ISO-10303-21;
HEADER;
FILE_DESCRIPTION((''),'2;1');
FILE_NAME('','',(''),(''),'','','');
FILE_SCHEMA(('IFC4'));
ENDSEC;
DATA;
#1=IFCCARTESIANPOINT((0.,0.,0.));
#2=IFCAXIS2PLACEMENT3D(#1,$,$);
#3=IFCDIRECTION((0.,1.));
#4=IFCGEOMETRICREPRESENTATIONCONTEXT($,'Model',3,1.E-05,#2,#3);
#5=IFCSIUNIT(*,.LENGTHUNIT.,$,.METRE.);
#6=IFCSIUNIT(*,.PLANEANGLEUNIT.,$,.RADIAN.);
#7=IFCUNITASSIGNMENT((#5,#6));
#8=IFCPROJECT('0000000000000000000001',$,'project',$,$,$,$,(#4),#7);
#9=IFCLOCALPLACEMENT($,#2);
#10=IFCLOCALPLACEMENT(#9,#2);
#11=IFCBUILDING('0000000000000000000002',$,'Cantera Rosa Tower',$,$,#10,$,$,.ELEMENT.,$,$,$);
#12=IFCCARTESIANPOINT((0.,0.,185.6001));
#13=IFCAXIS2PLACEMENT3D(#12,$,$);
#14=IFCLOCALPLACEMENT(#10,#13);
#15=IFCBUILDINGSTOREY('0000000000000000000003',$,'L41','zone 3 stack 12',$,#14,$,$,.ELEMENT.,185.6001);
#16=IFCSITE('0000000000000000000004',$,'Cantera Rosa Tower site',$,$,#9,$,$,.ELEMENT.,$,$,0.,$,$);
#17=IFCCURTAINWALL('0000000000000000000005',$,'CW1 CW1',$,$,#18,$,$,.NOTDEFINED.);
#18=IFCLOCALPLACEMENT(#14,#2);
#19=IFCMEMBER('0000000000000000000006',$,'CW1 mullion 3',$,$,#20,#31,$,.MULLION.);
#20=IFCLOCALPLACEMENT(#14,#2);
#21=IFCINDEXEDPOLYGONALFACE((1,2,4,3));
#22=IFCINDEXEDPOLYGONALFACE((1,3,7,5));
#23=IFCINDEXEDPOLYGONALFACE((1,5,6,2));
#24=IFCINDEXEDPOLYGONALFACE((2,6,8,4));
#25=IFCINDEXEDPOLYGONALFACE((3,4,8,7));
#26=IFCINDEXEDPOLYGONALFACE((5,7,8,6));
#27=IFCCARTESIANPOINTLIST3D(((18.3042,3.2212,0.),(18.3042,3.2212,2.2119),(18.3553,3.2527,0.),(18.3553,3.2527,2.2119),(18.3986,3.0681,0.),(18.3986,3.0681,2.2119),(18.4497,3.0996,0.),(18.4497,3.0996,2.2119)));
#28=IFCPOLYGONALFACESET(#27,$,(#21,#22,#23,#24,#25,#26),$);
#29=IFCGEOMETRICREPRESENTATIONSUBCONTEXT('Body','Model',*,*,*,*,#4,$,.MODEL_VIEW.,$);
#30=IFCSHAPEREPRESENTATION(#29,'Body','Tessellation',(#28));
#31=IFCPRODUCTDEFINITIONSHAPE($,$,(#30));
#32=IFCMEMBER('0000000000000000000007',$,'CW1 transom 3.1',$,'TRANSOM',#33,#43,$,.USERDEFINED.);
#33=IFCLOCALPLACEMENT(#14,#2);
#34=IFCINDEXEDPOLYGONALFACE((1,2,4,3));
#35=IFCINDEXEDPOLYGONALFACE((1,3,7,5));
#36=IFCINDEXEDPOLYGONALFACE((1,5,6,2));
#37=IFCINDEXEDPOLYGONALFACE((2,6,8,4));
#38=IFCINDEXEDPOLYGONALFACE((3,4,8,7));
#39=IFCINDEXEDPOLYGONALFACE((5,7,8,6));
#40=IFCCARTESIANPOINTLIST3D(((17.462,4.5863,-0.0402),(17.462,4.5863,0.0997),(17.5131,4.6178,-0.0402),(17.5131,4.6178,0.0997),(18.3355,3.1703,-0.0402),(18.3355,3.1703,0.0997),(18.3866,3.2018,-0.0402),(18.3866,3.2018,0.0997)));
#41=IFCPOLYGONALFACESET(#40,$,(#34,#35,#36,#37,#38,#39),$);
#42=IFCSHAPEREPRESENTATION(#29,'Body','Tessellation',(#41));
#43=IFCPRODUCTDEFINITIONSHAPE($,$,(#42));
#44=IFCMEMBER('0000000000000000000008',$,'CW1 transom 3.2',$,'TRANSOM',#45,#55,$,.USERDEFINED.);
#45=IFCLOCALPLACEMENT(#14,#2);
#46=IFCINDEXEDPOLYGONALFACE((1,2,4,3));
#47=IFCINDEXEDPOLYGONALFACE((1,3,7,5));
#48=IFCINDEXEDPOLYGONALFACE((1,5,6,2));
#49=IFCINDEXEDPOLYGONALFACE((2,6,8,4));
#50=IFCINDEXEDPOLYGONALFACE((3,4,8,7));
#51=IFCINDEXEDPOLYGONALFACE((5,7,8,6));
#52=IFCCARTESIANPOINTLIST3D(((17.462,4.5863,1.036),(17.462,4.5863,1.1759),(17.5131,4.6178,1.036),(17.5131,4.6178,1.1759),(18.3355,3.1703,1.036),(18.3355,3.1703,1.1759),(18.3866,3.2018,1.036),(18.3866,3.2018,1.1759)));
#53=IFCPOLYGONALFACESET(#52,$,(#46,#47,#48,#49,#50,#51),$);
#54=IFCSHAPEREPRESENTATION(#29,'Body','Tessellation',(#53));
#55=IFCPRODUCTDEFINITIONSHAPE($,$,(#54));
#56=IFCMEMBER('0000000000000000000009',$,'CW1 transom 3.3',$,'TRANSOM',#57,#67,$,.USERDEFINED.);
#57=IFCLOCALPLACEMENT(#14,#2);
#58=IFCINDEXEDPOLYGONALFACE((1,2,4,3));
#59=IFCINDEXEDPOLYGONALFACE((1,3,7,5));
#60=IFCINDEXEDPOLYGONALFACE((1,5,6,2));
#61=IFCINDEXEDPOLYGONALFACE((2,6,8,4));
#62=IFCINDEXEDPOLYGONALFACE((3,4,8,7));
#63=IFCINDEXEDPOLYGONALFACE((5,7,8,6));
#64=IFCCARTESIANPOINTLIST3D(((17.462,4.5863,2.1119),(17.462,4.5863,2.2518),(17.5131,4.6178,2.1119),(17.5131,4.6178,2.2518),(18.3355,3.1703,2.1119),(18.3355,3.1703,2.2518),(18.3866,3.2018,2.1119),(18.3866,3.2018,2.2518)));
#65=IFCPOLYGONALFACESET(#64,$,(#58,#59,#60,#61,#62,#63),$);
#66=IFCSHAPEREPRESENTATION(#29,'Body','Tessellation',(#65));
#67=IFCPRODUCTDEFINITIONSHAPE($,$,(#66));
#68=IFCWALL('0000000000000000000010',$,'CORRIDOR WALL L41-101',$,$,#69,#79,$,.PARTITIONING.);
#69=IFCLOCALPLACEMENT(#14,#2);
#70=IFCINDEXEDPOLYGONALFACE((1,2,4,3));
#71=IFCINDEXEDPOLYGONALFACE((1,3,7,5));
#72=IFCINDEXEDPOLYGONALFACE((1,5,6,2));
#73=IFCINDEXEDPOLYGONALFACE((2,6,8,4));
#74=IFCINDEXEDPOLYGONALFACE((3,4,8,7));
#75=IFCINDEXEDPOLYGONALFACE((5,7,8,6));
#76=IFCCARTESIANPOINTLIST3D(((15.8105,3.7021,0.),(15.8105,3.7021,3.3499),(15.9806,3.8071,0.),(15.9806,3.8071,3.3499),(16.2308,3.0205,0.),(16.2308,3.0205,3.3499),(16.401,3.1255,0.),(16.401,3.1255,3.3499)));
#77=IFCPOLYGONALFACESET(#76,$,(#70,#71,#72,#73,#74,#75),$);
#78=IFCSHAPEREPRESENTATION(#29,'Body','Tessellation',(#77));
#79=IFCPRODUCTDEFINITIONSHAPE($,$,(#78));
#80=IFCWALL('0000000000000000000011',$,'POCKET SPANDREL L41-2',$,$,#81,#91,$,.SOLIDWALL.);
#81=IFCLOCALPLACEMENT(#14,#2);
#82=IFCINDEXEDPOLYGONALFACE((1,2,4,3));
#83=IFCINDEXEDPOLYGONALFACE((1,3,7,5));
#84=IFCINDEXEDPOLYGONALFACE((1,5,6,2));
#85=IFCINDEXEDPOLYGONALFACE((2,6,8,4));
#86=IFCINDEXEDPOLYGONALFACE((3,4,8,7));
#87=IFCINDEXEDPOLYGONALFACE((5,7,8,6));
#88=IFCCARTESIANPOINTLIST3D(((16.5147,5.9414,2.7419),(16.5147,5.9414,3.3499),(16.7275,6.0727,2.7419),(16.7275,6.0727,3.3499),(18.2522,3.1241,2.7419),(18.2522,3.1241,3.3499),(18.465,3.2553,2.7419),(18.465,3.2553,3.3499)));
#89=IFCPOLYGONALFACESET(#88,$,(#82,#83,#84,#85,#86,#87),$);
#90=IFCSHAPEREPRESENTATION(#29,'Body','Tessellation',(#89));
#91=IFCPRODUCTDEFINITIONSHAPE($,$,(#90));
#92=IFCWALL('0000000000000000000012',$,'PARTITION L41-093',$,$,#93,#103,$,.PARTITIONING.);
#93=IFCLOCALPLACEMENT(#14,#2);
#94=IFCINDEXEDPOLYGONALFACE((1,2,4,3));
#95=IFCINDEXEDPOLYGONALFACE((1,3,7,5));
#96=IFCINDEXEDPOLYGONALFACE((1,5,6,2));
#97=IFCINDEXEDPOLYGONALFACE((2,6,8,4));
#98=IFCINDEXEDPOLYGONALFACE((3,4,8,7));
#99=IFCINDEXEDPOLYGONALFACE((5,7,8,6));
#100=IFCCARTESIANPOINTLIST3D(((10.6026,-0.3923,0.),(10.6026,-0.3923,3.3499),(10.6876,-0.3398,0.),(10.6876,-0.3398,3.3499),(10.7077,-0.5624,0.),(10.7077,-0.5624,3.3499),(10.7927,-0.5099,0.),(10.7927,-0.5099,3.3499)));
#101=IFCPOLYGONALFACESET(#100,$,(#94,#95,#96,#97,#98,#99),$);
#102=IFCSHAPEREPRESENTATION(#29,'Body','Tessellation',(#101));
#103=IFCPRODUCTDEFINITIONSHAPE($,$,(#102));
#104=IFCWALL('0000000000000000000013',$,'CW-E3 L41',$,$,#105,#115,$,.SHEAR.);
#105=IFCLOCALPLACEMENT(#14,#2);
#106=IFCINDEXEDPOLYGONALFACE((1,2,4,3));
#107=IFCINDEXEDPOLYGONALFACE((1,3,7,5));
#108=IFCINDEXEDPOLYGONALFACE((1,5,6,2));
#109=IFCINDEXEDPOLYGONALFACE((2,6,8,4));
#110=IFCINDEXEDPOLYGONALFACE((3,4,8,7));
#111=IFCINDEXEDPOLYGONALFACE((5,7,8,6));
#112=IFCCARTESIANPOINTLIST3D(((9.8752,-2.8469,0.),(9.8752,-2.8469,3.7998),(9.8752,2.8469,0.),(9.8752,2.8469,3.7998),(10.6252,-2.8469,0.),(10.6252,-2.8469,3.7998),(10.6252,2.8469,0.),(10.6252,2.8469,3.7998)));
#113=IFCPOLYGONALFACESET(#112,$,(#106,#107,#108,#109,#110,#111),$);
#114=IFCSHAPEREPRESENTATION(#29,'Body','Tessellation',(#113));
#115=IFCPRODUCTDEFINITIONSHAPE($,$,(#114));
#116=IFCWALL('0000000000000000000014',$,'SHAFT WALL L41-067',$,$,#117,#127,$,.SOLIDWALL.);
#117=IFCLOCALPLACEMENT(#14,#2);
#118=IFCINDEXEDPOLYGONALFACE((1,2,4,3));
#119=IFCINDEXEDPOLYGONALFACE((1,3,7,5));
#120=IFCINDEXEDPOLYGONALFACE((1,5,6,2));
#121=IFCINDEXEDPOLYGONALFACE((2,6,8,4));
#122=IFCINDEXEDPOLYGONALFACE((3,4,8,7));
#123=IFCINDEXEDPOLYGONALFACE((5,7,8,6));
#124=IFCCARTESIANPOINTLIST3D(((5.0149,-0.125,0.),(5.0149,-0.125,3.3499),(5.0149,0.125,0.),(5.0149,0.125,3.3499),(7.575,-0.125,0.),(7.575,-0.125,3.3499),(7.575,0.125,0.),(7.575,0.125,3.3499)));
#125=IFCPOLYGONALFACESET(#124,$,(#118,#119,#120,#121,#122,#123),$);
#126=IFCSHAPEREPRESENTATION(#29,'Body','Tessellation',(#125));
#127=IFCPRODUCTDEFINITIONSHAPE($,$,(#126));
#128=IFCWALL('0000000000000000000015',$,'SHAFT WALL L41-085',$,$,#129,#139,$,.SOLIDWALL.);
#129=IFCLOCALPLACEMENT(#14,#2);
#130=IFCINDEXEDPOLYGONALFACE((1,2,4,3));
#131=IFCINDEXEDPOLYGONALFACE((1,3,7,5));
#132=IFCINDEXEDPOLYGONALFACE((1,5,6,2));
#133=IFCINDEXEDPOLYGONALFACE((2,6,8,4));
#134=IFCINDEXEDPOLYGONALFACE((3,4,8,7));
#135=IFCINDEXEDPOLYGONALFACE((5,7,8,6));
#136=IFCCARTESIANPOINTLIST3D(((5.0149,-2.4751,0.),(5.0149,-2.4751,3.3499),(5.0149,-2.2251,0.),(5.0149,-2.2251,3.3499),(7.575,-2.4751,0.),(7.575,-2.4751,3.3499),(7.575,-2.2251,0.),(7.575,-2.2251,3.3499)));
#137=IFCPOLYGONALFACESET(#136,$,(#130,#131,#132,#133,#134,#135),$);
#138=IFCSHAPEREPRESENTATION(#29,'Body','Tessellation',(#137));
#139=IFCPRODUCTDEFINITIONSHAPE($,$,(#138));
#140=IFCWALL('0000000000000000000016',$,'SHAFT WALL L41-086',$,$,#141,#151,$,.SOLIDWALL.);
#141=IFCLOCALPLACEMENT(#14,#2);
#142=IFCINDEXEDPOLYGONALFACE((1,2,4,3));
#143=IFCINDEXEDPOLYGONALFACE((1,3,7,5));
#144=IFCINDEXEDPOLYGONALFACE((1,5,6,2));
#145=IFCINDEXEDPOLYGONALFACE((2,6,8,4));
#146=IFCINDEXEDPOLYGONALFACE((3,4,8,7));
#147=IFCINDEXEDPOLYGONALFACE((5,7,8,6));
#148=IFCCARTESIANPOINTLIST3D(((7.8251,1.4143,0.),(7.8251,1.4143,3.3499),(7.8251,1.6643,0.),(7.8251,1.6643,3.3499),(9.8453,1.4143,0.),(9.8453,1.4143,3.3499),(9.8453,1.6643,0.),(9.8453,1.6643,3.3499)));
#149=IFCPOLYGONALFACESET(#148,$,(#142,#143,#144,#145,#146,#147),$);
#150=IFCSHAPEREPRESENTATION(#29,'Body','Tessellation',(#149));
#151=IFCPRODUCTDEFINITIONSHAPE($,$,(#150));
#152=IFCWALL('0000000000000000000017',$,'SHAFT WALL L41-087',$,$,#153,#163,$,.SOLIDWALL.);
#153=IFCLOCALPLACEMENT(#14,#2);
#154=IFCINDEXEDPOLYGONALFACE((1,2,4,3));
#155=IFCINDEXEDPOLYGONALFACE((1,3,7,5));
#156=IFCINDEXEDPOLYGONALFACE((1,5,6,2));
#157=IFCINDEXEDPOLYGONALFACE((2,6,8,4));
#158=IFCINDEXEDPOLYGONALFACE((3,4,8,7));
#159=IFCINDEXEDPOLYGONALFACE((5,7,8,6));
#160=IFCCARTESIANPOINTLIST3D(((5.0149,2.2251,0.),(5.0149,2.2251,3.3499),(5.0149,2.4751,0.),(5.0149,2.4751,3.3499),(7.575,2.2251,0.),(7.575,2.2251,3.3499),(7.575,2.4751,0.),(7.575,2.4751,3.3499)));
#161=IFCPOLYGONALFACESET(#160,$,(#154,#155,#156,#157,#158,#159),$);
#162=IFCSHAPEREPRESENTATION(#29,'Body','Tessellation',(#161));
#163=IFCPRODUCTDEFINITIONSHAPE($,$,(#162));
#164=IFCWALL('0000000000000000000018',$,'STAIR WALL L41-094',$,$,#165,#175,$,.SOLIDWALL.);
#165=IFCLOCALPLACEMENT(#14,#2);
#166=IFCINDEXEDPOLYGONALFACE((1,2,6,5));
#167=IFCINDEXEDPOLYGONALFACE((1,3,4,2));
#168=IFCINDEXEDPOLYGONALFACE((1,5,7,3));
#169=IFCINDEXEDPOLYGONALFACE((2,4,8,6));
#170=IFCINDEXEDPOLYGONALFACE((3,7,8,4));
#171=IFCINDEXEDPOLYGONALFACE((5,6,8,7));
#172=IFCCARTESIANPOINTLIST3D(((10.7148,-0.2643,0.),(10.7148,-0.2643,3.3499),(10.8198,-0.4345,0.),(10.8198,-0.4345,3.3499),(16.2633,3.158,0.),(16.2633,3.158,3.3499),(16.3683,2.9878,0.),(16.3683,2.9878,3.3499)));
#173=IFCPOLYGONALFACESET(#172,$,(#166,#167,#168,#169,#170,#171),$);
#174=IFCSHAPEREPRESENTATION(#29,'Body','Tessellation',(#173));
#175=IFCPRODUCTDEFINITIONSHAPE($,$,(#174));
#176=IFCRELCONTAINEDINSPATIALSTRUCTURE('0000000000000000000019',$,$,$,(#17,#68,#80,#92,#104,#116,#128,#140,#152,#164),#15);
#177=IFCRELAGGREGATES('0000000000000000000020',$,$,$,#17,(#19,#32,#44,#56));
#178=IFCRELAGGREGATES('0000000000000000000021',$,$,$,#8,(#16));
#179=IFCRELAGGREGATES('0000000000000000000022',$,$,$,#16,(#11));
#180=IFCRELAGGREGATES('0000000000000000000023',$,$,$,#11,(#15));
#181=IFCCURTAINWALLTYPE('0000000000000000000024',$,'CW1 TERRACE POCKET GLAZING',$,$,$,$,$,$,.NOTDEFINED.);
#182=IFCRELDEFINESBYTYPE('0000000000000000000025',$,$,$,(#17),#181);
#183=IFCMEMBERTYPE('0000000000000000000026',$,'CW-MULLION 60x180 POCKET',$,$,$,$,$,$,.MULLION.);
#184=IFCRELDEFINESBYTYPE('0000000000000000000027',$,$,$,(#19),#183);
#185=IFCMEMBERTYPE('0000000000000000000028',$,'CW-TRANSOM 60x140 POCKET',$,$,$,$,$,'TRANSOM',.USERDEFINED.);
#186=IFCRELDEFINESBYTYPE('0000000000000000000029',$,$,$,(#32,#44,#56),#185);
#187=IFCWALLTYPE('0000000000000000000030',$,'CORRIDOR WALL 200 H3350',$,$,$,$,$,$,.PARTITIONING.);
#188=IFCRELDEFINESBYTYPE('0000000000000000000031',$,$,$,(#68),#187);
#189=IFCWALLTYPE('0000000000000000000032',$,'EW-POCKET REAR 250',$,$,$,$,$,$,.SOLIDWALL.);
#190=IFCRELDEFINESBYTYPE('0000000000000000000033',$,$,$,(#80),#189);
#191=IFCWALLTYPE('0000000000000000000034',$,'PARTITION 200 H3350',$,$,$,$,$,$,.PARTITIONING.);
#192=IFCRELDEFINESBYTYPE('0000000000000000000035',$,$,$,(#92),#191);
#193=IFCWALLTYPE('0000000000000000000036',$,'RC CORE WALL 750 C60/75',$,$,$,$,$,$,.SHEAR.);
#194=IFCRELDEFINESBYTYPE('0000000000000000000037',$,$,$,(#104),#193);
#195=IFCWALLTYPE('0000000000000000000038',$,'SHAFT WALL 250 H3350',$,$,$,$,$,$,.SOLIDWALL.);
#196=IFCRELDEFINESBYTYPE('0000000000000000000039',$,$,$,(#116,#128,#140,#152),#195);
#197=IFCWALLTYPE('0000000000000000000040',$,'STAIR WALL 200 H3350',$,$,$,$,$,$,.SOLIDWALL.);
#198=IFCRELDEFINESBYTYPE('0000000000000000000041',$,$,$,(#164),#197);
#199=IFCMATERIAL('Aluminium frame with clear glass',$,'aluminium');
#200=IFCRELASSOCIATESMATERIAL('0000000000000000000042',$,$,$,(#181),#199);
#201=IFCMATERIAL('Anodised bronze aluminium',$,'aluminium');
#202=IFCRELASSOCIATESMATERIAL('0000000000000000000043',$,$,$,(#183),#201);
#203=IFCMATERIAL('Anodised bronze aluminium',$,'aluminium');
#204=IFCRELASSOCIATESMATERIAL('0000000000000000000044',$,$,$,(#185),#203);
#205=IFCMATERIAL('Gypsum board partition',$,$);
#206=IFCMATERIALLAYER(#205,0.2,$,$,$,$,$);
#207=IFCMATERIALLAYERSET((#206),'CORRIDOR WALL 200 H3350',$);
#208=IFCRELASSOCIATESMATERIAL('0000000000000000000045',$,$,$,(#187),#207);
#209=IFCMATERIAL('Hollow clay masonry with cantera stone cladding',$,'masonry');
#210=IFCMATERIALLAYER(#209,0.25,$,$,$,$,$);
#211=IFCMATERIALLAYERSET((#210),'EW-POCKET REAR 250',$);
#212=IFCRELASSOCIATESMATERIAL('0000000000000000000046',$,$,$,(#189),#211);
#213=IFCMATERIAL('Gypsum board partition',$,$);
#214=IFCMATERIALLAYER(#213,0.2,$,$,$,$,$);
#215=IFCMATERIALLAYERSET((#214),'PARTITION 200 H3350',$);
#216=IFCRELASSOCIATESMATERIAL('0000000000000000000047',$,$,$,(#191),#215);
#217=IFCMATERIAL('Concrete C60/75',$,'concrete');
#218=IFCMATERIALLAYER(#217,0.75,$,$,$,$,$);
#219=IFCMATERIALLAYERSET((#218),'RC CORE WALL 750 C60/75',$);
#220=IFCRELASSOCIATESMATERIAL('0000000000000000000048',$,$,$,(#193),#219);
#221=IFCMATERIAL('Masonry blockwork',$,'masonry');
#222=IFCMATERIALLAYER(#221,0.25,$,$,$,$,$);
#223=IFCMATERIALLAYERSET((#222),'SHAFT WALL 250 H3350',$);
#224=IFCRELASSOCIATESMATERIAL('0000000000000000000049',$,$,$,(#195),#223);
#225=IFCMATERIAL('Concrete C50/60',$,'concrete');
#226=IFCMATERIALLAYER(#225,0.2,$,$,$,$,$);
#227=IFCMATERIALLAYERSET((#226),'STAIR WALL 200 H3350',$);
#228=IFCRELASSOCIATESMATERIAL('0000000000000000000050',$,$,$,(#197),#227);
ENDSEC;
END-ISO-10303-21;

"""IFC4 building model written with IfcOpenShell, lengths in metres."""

from ifc_helpers import new_model, si_unit, direction, frame, frame_2d, origin, origin_2d, place, context, subcontext, project, spatial, rectangle, extrude, material, layer, layer_set, material_profile, profile_set, type_object, element, aggregate, save


model = new_model("IFC4")

# Units and contexts
model_context = context("Model", 3, precision=1e-05, world=origin(), true_north=direction((0.0, 1.0)))
body_context = subcontext(model_context, "Body", "Model", "MODEL_VIEW")
ifc_project = project(units=[si_unit("LENGTHUNIT", "METRE"), si_unit("PLANEANGLEUNIT", "RADIAN")], contexts=[model_context])

# Site, building, storey
site_placement = place(None, origin())
site = spatial("IfcSite", under=ifc_project, at=site_placement, Name="Cantera Rosa Tower site", CompositionType="ELEMENT", RefElevation=0.0)
building_placement = place(site_placement, origin())
building = spatial("IfcBuilding", under=site, at=building_placement, Name="Cantera Rosa Tower", CompositionType="ELEMENT")
storey_placement = place(building_placement, frame((0.0, 0.0, 185.6001)))
storey = spatial("IfcBuildingStorey", under=building, at=storey_placement, Name="L41", Description="zone 3 stack 12", CompositionType="ELEMENT", Elevation=185.6001)

# Curtain wall, members
ifc_material_1 = material(Name="Aluminium frame with clear glass", Category="aluminium")
curtain_wall_type = type_object("IfcCurtainWallType", Name="CW1 TERRACE POCKET GLAZING", PredefinedType="NOTDEFINED", material=ifc_material_1)
curtain_wall_placement = place(storey_placement, origin())
curtain_wall = element("IfcCurtainWall", 1, at=curtain_wall_placement, inside=storey, type_object=curtain_wall_type, Name="CW1 CW1", PredefinedType="NOTDEFINED")
ifc_material_2 = material(Name="Anodised bronze aluminium", Category="aluminium")
ifc_material_profile_1 = material_profile(ifc_material_2, rectangle(XDim=0.0601, YDim=0.1799, at=origin_2d()), Name="CW-MULLION 60x180 POCKET")
ifc_profile_set_1 = profile_set([ifc_material_profile_1], Name="Anodised bronze aluminium")
member_type_1 = type_object("IfcMemberType", Name="CW-MULLION 60x180 POCKET", PredefinedType="MULLION", material=ifc_profile_set_1)
member_1_placement = place(storey_placement, frame((18.377, 3.1604, 0.0), z_axis=(0.0, 0.0, 1.0), x_axis=(-0.851117, -0.524977, 0.0)))
member_1 = element("IfcMember", 2, at=member_1_placement, type_object=member_type_1, Name="CW1 mullion 3", PredefinedType="MULLION", context=body_context, shape_type="SweptSolid", body=[
    extrude(rectangle(XDim=0.0601, YDim=0.1799, at=origin_2d()), origin(), (0.0, 0.0, 1.0), 2.2119),
])
ifc_material_3 = material(Name="Anodised bronze aluminium", Category="aluminium")
ifc_material_profile_2 = material_profile(ifc_material_3, rectangle(XDim=0.0601, YDim=0.1399, at=origin_2d()), Name="CW-TRANSOM 60x140 POCKET")
ifc_profile_set_2 = profile_set([ifc_material_profile_2], Name="Anodised bronze aluminium")
member_type_2 = type_object("IfcMemberType", Name="CW-TRANSOM 60x140 POCKET", ElementType="TRANSOM", PredefinedType="USERDEFINED", material=ifc_profile_set_2)
member_2_placement = place(storey_placement, frame((18.3611, 3.186, 0.0298), z_axis=(-0.52503, 0.851083, 0.0), x_axis=(-0.851083, -0.52503, 0.0)))
member_2 = element("IfcMember", 3, at=member_2_placement, type_object=member_type_2, Name="CW1 transom 3.1", ObjectType="TRANSOM", PredefinedType="USERDEFINED", context=body_context, shape_type="SweptSolid", body=[
    extrude(rectangle(XDim=0.0601, YDim=0.1399, at=origin_2d()), origin(), (0.0, 0.0, 1.0), 1.6638),
])
member_3_placement = place(storey_placement, frame((18.3611, 3.186, 1.106), z_axis=(-0.52503, 0.851083, 0.0), x_axis=(-0.851083, -0.52503, 0.0)))
member_3 = element("IfcMember", 4, at=member_3_placement, type_object=member_type_2, Name="CW1 transom 3.2", ObjectType="TRANSOM", PredefinedType="USERDEFINED", context=body_context, shape_type="SweptSolid", body=[
    extrude(rectangle(XDim=0.0601, YDim=0.1399, at=origin_2d()), origin(), (0.0, 0.0, 1.0), 1.6638),
])
member_4_placement = place(storey_placement, frame((18.3611, 3.186, 2.1819), z_axis=(-0.52503, 0.851083, 0.0), x_axis=(-0.851083, -0.52503, 0.0)))
member_4 = element("IfcMember", 5, at=member_4_placement, type_object=member_type_2, Name="CW1 transom 3.3", ObjectType="TRANSOM", PredefinedType="USERDEFINED", context=body_context, shape_type="SweptSolid", body=[
    extrude(rectangle(XDim=0.0601, YDim=0.1399, at=origin_2d()), origin(), (0.0, 0.0, 1.0), 1.6638),
])
aggregate(curtain_wall, [member_1, member_2, member_3, member_4])

# Walls
ifc_material_4 = material(Name="Gypsum board partition")
ifc_layer_1 = layer(ifc_material_4, 0.2)
ifc_layer_set_1 = layer_set([ifc_layer_1], Name="CORRIDOR WALL 200 H3350")
wall_type_1 = type_object("IfcWallType", Name="CORRIDOR WALL 200 H3350", PredefinedType="PARTITIONING", material=ifc_layer_set_1)
wall_1_placement = place(storey_placement, frame((16.3159, 3.073, 0.0), z_axis=(0.0, 0.0, 1.0), x_axis=(-0.524948, 0.851135, 0.0)))
element("IfcWall", 6, at=wall_1_placement, inside=storey, type_object=wall_type_1, Name="CORRIDOR WALL L41-101", PredefinedType="PARTITIONING", context=body_context, shape_type="SweptSolid", body=[
    extrude(rectangle(XDim=0.8008, YDim=0.2, at=frame_2d((0.4004, 0.0))), origin(), (0.0, 0.0, 1.0), 3.3499),
])
ifc_material_5 = material(Name="Hollow clay masonry with cantera stone cladding", Category="masonry")
ifc_layer_2 = layer(ifc_material_5, 0.25)
ifc_layer_set_2 = layer_set([ifc_layer_2], Name="EW-POCKET REAR 250")
wall_type_2 = type_object("IfcWallType", Name="EW-POCKET REAR 250", PredefinedType="SOLIDWALL", material=ifc_layer_set_2)
wall_2_placement = place(storey_placement, frame((18.3586, 3.1897, 2.7419), z_axis=(0.0, 0.0, 1.0), x_axis=(-0.524924, 0.851149, 0.0)))
element("IfcWall", 7, at=wall_2_placement, inside=storey, type_object=wall_type_2, Name="POCKET SPANDREL L41-2", PredefinedType="SOLIDWALL", context=body_context, shape_type="SweptSolid", body=[
    extrude(rectangle(XDim=3.3101, YDim=0.25, at=frame_2d((1.655, 0.0))), origin(), (0.0, 0.0, 1.0), 0.6079),
])
ifc_material_6 = material(Name="Gypsum board partition")
ifc_layer_3 = layer(ifc_material_6, 0.2)
ifc_layer_set_3 = layer_set([ifc_layer_3], Name="PARTITION 200 H3350")
wall_type_3 = type_object("IfcWallType", Name="PARTITION 200 H3350", PredefinedType="PARTITIONING", material=ifc_layer_set_3)
wall_3_placement = place(storey_placement, frame((10.6553, -0.4773, 0.0), z_axis=(0.0, 0.0, 1.0), x_axis=(0.850734, 0.525597, 0.0)))
element("IfcWall", 8, at=wall_3_placement, inside=storey, type_object=wall_type_3, Name="PARTITION L41-093", PredefinedType="PARTITIONING", context=body_context, shape_type="SweptSolid", body=[
    extrude(rectangle(XDim=0.0999, YDim=0.2, at=frame_2d((0.0498, 0.0))), origin(), (0.0, 0.0, 1.0), 3.3499),
])
ifc_material_7 = material(Name="Concrete C60/75", Category="concrete")
ifc_layer_4 = layer(ifc_material_7, 0.75)
ifc_layer_set_4 = layer_set([ifc_layer_4], Name="RC CORE WALL 750 C60/75")
wall_type_4 = type_object("IfcWallType", Name="RC CORE WALL 750 C60/75", PredefinedType="SHEAR", material=ifc_layer_set_4)
wall_4_placement = place(storey_placement, frame((10.2502, 2.8469, 0.0), z_axis=(0.0, 0.0, 1.0), x_axis=(0.0, -1.0, 0.0)))
element("IfcWall", 9, at=wall_4_placement, inside=storey, type_object=wall_type_4, Name="CW-E3 L41", PredefinedType="SHEAR", context=body_context, shape_type="SweptSolid", body=[
    extrude(rectangle(XDim=5.6938, YDim=0.75, at=frame_2d((2.8469, 0.0))), origin(), (0.0, 0.0, 1.0), 3.7998),
])
ifc_material_8 = material(Name="Masonry blockwork", Category="masonry")
ifc_layer_5 = layer(ifc_material_8, 0.25)
ifc_layer_set_5 = layer_set([ifc_layer_5], Name="SHAFT WALL 250 H3350")
wall_type_5 = type_object("IfcWallType", Name="SHAFT WALL 250 H3350", PredefinedType="SOLIDWALL", material=ifc_layer_set_5)
for number, where, z_axis, x_axis, name in (
    (10, (5.0149, 0.0, 0.0), (0.0, 0.0, 1.0), (1.0, 0.0, 0.0), "SHAFT WALL L41-067"),
    (11, (7.575, -2.3501, 0.0), (0.0, 0.0, 1.0), (-1.0, 0.0, 0.0), "SHAFT WALL L41-085"),
):
    element("IfcWall", number, at=place(storey_placement, frame(where, z_axis=z_axis, x_axis=x_axis)), inside=storey, type_object=wall_type_5, Name=name, PredefinedType="SOLIDWALL", context=body_context, shape_type="SweptSolid", body=[
        extrude(rectangle(XDim=2.5601, YDim=0.25, at=frame_2d((1.28, 0.0))), origin(), (0.0, 0.0, 1.0), 3.3499),
    ])
wall_5_placement = place(storey_placement, frame((7.825, 1.5393, 0.0), z_axis=(0.0, 0.0, 1.0), x_axis=(1.0, 0.0, 0.0)))
element("IfcWall", 12, at=wall_5_placement, inside=storey, type_object=wall_type_5, Name="SHAFT WALL L41-086", PredefinedType="SOLIDWALL", context=body_context, shape_type="SweptSolid", body=[
    extrude(rectangle(XDim=2.0203, YDim=0.25, at=frame_2d((1.0103, 0.0))), origin(), (0.0, 0.0, 1.0), 3.3499),
])
wall_6_placement = place(storey_placement, frame((7.575, 2.3501, 0.0), z_axis=(0.0, 0.0, 1.0), x_axis=(-1.0, 0.0, 0.0)))
element("IfcWall", 13, at=wall_6_placement, inside=storey, type_object=wall_type_5, Name="SHAFT WALL L41-087", PredefinedType="SOLIDWALL", context=body_context, shape_type="SweptSolid", body=[
    extrude(rectangle(XDim=2.5601, YDim=0.25, at=frame_2d((1.28, 0.0))), origin(), (0.0, 0.0, 1.0), 3.3499),
])
ifc_material_9 = material(Name="Concrete C50/60", Category="concrete")
ifc_layer_6 = layer(ifc_material_9, 0.2)
ifc_layer_set_6 = layer_set([ifc_layer_6], Name="STAIR WALL 200 H3350")
wall_type_6 = type_object("IfcWallType", Name="STAIR WALL 200 H3350", PredefinedType="SOLIDWALL", material=ifc_layer_set_6)
wall_7_placement = place(storey_placement, frame((10.7673, -0.3494, 0.0), z_axis=(0.0, 0.0, 1.0), x_axis=(0.85112, 0.524971, 0.0)))
element("IfcWall", 14, at=wall_7_placement, inside=storey, type_object=wall_type_6, Name="STAIR WALL L41-094", PredefinedType="SOLIDWALL", context=body_context, shape_type="SweptSolid", body=[
    extrude(rectangle(XDim=6.519, YDim=0.2, at=frame_2d((3.2595, 0.0))), origin(), (0.0, 0.0, 1.0), 3.3499),
])

save(model, "model.ifc")
